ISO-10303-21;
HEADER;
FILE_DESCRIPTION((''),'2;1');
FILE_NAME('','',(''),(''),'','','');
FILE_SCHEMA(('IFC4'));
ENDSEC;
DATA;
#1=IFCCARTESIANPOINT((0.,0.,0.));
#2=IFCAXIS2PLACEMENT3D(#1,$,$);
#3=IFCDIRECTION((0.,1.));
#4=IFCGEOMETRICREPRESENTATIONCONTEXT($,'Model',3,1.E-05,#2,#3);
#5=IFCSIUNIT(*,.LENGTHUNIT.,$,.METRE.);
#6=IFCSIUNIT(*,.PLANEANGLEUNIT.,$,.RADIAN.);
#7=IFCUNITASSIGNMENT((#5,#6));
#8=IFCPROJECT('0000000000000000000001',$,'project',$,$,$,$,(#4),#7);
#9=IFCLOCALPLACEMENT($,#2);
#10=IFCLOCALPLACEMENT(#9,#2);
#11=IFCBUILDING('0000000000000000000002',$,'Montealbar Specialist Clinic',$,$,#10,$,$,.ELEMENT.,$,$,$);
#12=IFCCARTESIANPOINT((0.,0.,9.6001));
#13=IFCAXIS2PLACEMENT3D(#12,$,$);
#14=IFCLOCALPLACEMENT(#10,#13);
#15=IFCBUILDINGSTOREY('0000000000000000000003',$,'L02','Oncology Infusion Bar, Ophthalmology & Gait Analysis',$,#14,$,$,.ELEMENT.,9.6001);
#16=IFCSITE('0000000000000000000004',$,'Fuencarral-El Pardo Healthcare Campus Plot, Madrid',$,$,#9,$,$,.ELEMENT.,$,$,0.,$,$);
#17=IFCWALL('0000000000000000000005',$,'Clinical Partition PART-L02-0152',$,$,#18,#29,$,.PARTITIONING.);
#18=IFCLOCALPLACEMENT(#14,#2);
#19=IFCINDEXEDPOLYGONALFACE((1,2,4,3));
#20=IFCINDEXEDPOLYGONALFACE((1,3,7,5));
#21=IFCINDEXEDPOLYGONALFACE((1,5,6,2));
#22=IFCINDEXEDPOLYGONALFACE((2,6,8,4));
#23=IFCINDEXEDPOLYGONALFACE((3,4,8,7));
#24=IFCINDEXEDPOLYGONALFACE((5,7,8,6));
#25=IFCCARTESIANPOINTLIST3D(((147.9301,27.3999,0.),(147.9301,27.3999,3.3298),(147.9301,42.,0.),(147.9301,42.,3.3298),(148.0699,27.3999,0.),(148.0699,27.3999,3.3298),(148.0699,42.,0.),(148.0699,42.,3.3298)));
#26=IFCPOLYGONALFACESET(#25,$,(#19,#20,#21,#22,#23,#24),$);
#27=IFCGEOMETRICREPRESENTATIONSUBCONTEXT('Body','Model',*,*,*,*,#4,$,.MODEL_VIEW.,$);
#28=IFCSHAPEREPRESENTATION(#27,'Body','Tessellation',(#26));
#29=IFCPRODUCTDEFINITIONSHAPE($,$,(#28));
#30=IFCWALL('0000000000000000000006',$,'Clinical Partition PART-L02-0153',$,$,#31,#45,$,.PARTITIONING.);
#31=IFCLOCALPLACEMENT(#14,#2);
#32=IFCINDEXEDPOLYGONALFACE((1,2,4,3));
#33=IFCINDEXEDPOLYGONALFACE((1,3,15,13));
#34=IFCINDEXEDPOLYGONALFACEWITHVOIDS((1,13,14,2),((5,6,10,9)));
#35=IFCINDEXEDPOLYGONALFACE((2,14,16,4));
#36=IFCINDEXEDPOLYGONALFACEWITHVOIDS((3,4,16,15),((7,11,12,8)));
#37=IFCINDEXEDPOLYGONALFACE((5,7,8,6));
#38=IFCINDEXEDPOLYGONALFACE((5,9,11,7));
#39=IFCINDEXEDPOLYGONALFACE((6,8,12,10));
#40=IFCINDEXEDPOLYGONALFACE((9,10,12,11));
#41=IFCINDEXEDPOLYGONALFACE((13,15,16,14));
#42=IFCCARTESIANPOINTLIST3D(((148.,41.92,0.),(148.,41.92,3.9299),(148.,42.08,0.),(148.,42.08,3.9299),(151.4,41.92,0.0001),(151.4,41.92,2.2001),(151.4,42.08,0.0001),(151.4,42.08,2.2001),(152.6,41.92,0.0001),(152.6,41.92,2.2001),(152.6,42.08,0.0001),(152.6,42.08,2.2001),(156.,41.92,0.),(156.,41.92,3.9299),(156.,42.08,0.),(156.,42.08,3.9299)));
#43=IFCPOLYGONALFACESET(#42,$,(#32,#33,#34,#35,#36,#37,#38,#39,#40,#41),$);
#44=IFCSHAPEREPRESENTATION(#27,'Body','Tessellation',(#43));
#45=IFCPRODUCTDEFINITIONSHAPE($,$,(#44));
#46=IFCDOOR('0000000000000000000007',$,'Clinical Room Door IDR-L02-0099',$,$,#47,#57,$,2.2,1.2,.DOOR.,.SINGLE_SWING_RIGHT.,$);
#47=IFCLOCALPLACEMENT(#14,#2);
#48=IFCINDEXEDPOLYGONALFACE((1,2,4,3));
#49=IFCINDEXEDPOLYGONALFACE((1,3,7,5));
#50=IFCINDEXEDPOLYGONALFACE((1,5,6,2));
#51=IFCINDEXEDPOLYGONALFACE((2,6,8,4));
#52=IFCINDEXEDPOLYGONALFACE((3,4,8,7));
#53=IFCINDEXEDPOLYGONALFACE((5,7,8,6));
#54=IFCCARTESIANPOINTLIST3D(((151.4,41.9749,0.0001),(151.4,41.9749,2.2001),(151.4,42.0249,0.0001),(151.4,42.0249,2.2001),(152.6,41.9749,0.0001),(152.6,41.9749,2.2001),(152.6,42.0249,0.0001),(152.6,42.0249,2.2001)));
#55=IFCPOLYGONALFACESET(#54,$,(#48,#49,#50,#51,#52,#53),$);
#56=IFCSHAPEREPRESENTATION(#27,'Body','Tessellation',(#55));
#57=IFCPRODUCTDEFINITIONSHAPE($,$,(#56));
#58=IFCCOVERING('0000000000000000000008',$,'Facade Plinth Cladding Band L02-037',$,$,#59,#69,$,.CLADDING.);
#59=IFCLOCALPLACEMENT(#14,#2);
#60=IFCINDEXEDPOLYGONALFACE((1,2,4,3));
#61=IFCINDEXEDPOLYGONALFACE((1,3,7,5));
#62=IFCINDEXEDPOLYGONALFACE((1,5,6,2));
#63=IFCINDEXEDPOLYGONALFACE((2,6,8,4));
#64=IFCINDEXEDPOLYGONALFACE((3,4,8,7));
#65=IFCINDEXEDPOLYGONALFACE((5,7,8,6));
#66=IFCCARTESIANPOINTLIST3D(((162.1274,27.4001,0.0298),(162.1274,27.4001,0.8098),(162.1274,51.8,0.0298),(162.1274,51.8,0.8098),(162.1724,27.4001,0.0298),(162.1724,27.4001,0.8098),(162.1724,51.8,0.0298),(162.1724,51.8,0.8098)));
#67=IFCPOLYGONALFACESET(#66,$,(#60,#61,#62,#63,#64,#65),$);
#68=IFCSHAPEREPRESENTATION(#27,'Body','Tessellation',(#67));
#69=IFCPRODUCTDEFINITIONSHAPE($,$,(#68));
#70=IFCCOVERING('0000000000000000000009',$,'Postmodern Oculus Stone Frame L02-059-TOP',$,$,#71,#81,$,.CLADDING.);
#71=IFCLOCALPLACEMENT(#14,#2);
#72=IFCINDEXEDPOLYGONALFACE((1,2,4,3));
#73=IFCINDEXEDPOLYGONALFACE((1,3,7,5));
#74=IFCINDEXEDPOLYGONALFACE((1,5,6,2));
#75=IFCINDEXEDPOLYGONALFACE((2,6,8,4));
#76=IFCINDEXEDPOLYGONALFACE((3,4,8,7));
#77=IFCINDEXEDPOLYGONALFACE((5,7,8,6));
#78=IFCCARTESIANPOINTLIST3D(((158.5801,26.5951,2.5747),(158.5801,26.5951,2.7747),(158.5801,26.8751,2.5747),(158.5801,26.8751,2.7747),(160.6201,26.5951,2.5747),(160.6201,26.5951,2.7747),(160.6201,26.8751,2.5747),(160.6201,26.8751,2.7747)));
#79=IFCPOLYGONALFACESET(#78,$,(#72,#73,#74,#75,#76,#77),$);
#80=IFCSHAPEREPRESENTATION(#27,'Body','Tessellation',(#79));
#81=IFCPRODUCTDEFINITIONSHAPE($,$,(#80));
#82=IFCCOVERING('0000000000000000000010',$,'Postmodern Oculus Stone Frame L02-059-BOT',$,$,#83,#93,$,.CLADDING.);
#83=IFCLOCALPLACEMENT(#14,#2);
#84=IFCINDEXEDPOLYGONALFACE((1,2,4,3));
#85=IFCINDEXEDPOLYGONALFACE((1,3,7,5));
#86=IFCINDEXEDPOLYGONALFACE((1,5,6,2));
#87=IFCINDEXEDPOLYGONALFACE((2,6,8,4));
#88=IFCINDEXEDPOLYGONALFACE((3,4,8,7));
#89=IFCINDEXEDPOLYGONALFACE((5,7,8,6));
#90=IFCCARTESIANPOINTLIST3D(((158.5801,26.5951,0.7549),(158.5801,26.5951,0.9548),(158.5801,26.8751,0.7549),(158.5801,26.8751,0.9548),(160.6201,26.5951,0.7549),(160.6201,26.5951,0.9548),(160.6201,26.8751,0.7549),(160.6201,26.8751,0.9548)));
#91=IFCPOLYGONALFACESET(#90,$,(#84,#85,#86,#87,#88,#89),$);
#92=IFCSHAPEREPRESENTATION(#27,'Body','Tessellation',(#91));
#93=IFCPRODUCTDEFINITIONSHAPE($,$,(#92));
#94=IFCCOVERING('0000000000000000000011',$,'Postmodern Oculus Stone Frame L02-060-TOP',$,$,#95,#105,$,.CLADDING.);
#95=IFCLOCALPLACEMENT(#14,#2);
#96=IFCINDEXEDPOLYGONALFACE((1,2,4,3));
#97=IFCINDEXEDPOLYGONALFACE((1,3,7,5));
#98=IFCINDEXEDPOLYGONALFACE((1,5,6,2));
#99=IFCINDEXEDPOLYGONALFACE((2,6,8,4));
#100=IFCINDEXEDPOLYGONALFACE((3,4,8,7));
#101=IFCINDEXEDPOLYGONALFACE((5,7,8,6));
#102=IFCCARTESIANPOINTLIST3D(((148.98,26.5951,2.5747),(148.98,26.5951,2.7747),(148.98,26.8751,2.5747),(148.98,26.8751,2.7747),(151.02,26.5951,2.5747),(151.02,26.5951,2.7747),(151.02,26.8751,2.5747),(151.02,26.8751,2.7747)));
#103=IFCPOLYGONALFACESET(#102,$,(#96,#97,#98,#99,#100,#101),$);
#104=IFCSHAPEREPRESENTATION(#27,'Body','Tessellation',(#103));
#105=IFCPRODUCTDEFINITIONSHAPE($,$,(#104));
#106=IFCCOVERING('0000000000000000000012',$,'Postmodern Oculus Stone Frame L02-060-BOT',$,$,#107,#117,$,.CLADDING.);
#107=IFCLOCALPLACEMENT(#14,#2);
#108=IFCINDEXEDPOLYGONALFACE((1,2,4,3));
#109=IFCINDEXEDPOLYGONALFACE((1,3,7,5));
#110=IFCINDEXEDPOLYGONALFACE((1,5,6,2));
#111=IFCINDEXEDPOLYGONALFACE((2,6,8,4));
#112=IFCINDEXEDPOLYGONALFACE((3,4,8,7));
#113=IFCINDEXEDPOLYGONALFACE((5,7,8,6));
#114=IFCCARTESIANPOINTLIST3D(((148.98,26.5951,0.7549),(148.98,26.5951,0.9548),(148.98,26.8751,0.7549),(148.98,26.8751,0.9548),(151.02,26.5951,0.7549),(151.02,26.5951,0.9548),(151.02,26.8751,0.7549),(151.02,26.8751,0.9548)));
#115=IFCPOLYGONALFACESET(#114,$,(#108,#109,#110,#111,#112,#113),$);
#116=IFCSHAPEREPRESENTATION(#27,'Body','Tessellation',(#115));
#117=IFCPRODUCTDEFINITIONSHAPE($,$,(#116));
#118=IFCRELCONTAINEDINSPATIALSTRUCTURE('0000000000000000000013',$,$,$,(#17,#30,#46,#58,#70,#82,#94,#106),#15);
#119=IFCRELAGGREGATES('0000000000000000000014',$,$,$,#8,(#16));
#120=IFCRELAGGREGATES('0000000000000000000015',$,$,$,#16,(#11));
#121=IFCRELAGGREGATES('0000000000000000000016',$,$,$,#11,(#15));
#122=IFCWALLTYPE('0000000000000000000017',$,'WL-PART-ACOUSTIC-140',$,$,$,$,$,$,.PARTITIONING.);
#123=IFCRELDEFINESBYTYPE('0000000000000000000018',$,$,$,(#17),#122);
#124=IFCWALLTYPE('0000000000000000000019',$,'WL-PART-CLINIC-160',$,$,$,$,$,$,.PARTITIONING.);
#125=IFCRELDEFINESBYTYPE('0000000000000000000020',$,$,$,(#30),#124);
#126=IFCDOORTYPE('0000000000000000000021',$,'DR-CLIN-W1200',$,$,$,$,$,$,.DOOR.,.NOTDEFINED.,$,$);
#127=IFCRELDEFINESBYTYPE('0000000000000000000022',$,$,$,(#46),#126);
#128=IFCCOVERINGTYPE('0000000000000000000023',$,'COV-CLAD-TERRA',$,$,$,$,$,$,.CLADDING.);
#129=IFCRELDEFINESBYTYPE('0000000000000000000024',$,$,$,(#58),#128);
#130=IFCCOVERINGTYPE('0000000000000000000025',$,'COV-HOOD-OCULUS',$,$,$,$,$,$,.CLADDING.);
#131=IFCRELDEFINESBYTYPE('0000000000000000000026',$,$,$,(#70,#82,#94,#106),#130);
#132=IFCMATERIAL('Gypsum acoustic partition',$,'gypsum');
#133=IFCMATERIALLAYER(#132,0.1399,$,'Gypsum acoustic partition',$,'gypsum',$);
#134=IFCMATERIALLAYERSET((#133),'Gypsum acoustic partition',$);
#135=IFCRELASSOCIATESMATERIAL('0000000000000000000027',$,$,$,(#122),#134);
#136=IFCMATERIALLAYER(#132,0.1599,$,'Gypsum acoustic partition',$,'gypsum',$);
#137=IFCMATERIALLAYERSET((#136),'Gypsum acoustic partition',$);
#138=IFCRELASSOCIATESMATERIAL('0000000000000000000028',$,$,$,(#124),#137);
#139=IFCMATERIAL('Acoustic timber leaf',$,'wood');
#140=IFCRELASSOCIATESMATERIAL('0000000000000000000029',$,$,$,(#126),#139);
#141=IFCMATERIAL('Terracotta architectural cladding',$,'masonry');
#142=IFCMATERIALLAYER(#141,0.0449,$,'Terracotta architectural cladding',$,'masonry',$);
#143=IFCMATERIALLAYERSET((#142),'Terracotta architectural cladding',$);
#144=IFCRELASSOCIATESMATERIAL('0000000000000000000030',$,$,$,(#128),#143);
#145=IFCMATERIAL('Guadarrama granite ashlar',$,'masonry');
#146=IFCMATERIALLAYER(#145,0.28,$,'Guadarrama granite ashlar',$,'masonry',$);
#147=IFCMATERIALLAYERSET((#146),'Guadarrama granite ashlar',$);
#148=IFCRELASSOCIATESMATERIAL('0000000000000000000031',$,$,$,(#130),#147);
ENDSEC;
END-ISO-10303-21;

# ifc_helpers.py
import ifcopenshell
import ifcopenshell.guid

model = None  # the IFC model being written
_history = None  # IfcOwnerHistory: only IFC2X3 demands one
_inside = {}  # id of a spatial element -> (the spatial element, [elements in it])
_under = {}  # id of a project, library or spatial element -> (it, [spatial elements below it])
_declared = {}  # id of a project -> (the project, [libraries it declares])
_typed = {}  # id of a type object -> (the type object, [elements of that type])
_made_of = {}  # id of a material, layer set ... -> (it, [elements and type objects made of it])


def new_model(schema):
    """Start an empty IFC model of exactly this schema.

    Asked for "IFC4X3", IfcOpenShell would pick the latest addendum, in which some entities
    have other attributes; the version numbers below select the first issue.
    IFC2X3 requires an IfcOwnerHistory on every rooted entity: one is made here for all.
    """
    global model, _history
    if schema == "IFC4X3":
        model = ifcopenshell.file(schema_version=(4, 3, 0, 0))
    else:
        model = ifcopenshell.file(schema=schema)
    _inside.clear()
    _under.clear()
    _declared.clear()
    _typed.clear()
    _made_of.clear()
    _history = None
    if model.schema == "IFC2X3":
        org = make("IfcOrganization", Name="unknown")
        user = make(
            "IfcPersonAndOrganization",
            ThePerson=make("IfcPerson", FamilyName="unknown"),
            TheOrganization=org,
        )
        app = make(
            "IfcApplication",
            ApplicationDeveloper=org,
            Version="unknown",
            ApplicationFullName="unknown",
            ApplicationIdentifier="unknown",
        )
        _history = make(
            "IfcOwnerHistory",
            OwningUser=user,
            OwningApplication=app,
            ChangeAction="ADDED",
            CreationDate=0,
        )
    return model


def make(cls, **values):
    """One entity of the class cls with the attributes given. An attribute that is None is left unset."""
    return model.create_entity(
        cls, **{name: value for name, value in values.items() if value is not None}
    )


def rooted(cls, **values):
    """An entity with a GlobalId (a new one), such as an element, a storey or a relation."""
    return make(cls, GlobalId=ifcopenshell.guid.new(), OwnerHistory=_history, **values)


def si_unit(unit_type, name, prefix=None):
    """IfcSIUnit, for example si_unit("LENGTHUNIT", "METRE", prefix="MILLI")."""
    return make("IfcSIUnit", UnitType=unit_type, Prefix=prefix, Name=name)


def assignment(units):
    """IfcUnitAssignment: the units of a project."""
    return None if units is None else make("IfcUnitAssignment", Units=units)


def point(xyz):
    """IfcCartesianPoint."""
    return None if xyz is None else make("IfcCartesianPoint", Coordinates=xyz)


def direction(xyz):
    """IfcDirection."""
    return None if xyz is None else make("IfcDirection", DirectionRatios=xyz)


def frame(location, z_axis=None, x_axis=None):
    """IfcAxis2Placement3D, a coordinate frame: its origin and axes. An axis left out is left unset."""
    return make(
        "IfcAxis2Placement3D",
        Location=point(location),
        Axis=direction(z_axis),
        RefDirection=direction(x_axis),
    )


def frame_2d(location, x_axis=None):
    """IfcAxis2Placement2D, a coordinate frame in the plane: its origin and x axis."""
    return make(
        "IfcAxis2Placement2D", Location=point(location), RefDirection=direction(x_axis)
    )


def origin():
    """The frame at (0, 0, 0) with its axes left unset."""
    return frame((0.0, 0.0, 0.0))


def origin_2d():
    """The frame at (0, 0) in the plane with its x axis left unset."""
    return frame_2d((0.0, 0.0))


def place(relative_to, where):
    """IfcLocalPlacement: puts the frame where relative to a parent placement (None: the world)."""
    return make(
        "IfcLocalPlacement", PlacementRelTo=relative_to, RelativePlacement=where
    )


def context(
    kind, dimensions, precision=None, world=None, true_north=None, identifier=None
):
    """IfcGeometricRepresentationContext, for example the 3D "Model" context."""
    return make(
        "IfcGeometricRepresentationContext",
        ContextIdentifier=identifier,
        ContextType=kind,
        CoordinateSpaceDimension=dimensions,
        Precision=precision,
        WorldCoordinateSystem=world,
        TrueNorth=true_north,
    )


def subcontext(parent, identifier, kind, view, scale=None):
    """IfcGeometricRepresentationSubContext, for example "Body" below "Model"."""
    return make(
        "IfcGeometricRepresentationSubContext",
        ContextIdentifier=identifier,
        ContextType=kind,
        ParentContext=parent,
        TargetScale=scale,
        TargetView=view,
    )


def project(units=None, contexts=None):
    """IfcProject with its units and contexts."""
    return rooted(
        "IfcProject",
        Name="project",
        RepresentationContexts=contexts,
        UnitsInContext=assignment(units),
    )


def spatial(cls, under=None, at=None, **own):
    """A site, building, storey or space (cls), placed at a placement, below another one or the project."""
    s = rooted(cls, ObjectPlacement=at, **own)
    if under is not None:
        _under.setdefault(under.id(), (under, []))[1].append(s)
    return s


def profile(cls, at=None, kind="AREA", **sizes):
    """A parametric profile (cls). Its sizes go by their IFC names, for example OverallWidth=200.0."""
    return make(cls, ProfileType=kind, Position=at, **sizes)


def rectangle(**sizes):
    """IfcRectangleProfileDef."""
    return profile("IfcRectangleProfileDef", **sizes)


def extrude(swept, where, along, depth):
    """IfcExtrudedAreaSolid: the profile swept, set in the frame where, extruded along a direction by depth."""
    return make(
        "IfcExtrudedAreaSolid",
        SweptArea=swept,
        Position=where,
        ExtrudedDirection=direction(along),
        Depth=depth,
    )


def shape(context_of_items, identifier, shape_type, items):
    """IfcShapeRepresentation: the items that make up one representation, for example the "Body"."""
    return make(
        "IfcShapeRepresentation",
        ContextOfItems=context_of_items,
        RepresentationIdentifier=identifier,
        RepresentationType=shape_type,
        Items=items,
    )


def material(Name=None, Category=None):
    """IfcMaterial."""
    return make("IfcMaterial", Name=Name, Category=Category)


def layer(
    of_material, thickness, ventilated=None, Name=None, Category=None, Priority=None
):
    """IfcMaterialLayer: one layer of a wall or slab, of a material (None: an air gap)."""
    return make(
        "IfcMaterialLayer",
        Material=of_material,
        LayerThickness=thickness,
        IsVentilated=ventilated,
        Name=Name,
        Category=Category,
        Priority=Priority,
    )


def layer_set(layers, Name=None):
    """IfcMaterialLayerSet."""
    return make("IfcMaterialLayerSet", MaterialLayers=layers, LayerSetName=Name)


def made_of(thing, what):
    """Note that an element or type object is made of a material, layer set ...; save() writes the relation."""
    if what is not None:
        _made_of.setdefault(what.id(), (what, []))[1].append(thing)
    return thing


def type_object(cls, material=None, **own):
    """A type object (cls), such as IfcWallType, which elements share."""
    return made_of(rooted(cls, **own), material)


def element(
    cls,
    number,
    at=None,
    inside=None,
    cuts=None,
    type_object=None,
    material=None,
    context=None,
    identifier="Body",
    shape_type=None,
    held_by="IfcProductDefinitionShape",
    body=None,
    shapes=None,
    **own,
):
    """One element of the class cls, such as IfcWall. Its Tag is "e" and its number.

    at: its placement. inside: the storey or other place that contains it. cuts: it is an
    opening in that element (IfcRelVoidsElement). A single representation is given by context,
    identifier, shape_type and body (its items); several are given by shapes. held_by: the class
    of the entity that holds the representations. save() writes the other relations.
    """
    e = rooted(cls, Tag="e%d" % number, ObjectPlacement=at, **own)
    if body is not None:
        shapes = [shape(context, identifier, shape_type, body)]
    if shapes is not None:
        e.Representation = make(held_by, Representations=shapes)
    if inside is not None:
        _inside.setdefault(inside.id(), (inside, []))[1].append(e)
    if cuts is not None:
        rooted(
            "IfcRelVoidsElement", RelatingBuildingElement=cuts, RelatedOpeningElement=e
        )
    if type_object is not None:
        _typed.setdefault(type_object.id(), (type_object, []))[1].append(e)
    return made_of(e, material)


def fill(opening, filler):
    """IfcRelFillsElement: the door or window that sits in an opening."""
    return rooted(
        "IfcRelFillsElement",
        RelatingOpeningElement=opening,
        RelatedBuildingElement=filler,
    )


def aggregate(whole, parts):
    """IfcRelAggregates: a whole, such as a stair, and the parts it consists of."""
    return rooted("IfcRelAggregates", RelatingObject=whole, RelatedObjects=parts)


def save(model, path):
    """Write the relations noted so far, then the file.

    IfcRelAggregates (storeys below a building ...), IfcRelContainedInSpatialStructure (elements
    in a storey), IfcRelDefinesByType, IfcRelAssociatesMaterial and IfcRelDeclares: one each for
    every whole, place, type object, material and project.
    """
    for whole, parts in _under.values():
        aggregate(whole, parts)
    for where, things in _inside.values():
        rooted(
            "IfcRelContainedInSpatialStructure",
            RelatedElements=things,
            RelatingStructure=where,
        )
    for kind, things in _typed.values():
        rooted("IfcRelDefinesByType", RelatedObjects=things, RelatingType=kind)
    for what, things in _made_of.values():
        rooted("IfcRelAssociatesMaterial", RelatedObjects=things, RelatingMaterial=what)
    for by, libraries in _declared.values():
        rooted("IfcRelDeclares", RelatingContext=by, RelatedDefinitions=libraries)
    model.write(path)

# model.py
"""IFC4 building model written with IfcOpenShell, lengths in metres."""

from ifc_helpers import new_model, si_unit, direction, frame, frame_2d, origin, origin_2d, place, context, subcontext, project, spatial, rectangle, extrude, material, layer, layer_set, type_object, element, fill, save


model = new_model("IFC4")

# Units and contexts
model_context = context("Model", 3, precision=1e-05, world=origin(), true_north=direction((0.0, 1.0)))
body_context = subcontext(model_context, "Body", "Model", "MODEL_VIEW")
ifc_project = project(units=[si_unit("LENGTHUNIT", "METRE"), si_unit("PLANEANGLEUNIT", "RADIAN")], contexts=[model_context])

# Site, building, storey
site_placement = place(None, origin())
site = spatial("IfcSite", under=ifc_project, at=site_placement, Name="Fuencarral-El Pardo Healthcare Campus Plot, Madrid", CompositionType="ELEMENT", RefElevation=0.0)
building_placement = place(site_placement, origin())
building = spatial("IfcBuilding", under=site, at=building_placement, Name="Montealbar Specialist Clinic", CompositionType="ELEMENT")
storey_placement = place(building_placement, frame((0.0, 0.0, 9.6001)))
storey = spatial("IfcBuildingStorey", under=building, at=storey_placement, Name="L02", Description="Oncology Infusion Bar, Ophthalmology & Gait Analysis", CompositionType="ELEMENT", Elevation=9.6001)

# Shared definitions
ifc_material_1 = material(Name="Terracotta architectural cladding", Category="masonry")

# Wall
ifc_material_2 = material(Name="Gypsum acoustic partition", Category="gypsum")
ifc_layer_1 = layer(ifc_material_2, 0.1399, Name="Gypsum acoustic partition", Category="gypsum")
ifc_layer_set_1 = layer_set([ifc_layer_1], Name="Gypsum acoustic partition")
wall_type_1 = type_object("IfcWallType", Name="WL-PART-ACOUSTIC-140", PredefinedType="PARTITIONING", material=ifc_layer_set_1)
wall_1_placement = place(storey_placement, frame((148.0, 27.3999, 0.0), z_axis=(0.0, 0.0, 1.0), x_axis=(0.0, 1.0, 0.0)))
element("IfcWall", 1, at=wall_1_placement, inside=storey, type_object=wall_type_1, Name="Clinical Partition PART-L02-0152", PredefinedType="PARTITIONING", context=body_context, shape_type="SweptSolid", body=[
    extrude(rectangle(XDim=14.6001, YDim=0.1399, at=frame_2d((7.3, 0.0))), origin(), (0.0, 0.0, 1.0), 3.3298),
])

# Wall, opening, door
ifc_layer_2 = layer(ifc_material_2, 0.1599, Name="Gypsum acoustic partition", Category="gypsum")
ifc_layer_set_2 = layer_set([ifc_layer_2], Name="Gypsum acoustic partition")
wall_type_2 = type_object("IfcWallType", Name="WL-PART-CLINIC-160", PredefinedType="PARTITIONING", material=ifc_layer_set_2)
wall_2_placement = place(storey_placement, frame((148.0, 42.0, 0.0), z_axis=(0.0, 0.0, 1.0), x_axis=(1.0, 0.0, 0.0)))
wall_2 = element("IfcWall", 2, at=wall_2_placement, inside=storey, type_object=wall_type_2, Name="Clinical Partition PART-L02-0153", PredefinedType="PARTITIONING", context=body_context, shape_type="SweptSolid", body=[
    extrude(rectangle(XDim=8.0, YDim=0.1599, at=frame_2d((4.0, 0.0))), origin(), (0.0, 0.0, 1.0), 3.9299),
])
opening_1_placement = place(wall_2_placement, frame((3.3999, 0.0, 0.0)))
opening_1 = element("IfcOpeningElement", 3, at=opening_1_placement, cuts=wall_2, PredefinedType="OPENING", context=body_context, shape_type="SweptSolid", body=[
    extrude(rectangle(XDim=1.2, YDim=2.2, at=frame_2d((0.6001, 1.1001))), frame((0.0, 0.0898, 0.0), z_axis=(0.0, -1.0, 0.0), x_axis=(1.0, 0.0, 0.0)), (0.0, 0.0, 1.0), 0.1799),
])
ifc_material_3 = material(Name="Acoustic timber leaf", Category="wood")
door_type = type_object("IfcDoorType", Name="DR-CLIN-W1200", OperationType="NOTDEFINED", PredefinedType="DOOR", material=ifc_material_3)
door_placement = place(opening_1_placement, origin())
door = element("IfcDoor", 4, at=door_placement, inside=storey, type_object=door_type, Name="Clinical Room Door IDR-L02-0099", OperationType="SINGLE_SWING_RIGHT", OverallHeight=2.2, OverallWidth=1.2, PredefinedType="DOOR", context=body_context, shape_type="SweptSolid", body=[
    extrude(rectangle(XDim=1.2, YDim=2.2, at=frame_2d((0.6001, 1.1001))), frame((0.0, 0.0249, 0.0), z_axis=(0.0, -1.0, 0.0), x_axis=(1.0, 0.0, 0.0)), (0.0, 0.0, 1.0), 0.05),
])
fill(opening_1, door)

# Coverings
ifc_layer_3 = layer(ifc_material_1, 0.0449, Name="Terracotta architectural cladding", Category="masonry")
ifc_layer_set_3 = layer_set([ifc_layer_3], Name="Terracotta architectural cladding")
covering_type_1 = type_object("IfcCoveringType", Name="COV-CLAD-TERRA", PredefinedType="CLADDING", material=ifc_layer_set_3)
covering_placement = place(storey_placement, frame((162.1499, 39.6001, 0.0298), z_axis=(0.0, 0.0, 1.0), x_axis=(0.0, -1.0, 0.0)))
element("IfcCovering", 5, at=covering_placement, inside=storey, type_object=covering_type_1, Name="Facade Plinth Cladding Band L02-037", PredefinedType="CLADDING", context=body_context, shape_type="SweptSolid", body=[
    extrude(rectangle(XDim=24.3999, YDim=0.0449, at=origin_2d()), origin(), (0.0, 0.0, 1.0), 0.78),
])
ifc_material_4 = material(Name="Guadarrama granite ashlar", Category="masonry")
ifc_layer_4 = layer(ifc_material_4, 0.28, Name="Guadarrama granite ashlar", Category="masonry")
ifc_layer_set_4 = layer_set([ifc_layer_4], Name="Guadarrama granite ashlar")
covering_type_2 = type_object("IfcCoveringType", Name="COV-HOOD-OCULUS", PredefinedType="CLADDING", material=ifc_layer_set_4)
for number, where, z_axis, x_axis, name in (
    (6, (159.6001, 26.7351, 2.5747), (0.0, 0.0, 1.0), (-1.0, 0.0, 0.0), "Postmodern Oculus Stone Frame L02-059-TOP"),
    (7, (159.6001, 26.7351, 0.7549), (0.0, 0.0, 1.0), (-1.0, 0.0, 0.0), "Postmodern Oculus Stone Frame L02-059-BOT"),
    (8, (150.0, 26.7351, 2.5747), (0.0, 0.0, 1.0), (-1.0, 0.0, 0.0), "Postmodern Oculus Stone Frame L02-060-TOP"),
    (9, (150.0, 26.7351, 0.7549), (0.0, 0.0, 1.0), (-1.0, 0.0, 0.0), "Postmodern Oculus Stone Frame L02-060-BOT"),
):
    element("IfcCovering", number, at=place(storey_placement, frame(where, z_axis=z_axis, x_axis=x_axis)), inside=storey, type_object=covering_type_2, Name=name, PredefinedType="CLADDING", context=body_context, shape_type="SweptSolid", body=[
        extrude(rectangle(XDim=2.04, YDim=0.28, at=origin_2d()), origin(), (0.0, 0.0, 1.0), 0.2),
    ])

save(model, "model.ifc")
